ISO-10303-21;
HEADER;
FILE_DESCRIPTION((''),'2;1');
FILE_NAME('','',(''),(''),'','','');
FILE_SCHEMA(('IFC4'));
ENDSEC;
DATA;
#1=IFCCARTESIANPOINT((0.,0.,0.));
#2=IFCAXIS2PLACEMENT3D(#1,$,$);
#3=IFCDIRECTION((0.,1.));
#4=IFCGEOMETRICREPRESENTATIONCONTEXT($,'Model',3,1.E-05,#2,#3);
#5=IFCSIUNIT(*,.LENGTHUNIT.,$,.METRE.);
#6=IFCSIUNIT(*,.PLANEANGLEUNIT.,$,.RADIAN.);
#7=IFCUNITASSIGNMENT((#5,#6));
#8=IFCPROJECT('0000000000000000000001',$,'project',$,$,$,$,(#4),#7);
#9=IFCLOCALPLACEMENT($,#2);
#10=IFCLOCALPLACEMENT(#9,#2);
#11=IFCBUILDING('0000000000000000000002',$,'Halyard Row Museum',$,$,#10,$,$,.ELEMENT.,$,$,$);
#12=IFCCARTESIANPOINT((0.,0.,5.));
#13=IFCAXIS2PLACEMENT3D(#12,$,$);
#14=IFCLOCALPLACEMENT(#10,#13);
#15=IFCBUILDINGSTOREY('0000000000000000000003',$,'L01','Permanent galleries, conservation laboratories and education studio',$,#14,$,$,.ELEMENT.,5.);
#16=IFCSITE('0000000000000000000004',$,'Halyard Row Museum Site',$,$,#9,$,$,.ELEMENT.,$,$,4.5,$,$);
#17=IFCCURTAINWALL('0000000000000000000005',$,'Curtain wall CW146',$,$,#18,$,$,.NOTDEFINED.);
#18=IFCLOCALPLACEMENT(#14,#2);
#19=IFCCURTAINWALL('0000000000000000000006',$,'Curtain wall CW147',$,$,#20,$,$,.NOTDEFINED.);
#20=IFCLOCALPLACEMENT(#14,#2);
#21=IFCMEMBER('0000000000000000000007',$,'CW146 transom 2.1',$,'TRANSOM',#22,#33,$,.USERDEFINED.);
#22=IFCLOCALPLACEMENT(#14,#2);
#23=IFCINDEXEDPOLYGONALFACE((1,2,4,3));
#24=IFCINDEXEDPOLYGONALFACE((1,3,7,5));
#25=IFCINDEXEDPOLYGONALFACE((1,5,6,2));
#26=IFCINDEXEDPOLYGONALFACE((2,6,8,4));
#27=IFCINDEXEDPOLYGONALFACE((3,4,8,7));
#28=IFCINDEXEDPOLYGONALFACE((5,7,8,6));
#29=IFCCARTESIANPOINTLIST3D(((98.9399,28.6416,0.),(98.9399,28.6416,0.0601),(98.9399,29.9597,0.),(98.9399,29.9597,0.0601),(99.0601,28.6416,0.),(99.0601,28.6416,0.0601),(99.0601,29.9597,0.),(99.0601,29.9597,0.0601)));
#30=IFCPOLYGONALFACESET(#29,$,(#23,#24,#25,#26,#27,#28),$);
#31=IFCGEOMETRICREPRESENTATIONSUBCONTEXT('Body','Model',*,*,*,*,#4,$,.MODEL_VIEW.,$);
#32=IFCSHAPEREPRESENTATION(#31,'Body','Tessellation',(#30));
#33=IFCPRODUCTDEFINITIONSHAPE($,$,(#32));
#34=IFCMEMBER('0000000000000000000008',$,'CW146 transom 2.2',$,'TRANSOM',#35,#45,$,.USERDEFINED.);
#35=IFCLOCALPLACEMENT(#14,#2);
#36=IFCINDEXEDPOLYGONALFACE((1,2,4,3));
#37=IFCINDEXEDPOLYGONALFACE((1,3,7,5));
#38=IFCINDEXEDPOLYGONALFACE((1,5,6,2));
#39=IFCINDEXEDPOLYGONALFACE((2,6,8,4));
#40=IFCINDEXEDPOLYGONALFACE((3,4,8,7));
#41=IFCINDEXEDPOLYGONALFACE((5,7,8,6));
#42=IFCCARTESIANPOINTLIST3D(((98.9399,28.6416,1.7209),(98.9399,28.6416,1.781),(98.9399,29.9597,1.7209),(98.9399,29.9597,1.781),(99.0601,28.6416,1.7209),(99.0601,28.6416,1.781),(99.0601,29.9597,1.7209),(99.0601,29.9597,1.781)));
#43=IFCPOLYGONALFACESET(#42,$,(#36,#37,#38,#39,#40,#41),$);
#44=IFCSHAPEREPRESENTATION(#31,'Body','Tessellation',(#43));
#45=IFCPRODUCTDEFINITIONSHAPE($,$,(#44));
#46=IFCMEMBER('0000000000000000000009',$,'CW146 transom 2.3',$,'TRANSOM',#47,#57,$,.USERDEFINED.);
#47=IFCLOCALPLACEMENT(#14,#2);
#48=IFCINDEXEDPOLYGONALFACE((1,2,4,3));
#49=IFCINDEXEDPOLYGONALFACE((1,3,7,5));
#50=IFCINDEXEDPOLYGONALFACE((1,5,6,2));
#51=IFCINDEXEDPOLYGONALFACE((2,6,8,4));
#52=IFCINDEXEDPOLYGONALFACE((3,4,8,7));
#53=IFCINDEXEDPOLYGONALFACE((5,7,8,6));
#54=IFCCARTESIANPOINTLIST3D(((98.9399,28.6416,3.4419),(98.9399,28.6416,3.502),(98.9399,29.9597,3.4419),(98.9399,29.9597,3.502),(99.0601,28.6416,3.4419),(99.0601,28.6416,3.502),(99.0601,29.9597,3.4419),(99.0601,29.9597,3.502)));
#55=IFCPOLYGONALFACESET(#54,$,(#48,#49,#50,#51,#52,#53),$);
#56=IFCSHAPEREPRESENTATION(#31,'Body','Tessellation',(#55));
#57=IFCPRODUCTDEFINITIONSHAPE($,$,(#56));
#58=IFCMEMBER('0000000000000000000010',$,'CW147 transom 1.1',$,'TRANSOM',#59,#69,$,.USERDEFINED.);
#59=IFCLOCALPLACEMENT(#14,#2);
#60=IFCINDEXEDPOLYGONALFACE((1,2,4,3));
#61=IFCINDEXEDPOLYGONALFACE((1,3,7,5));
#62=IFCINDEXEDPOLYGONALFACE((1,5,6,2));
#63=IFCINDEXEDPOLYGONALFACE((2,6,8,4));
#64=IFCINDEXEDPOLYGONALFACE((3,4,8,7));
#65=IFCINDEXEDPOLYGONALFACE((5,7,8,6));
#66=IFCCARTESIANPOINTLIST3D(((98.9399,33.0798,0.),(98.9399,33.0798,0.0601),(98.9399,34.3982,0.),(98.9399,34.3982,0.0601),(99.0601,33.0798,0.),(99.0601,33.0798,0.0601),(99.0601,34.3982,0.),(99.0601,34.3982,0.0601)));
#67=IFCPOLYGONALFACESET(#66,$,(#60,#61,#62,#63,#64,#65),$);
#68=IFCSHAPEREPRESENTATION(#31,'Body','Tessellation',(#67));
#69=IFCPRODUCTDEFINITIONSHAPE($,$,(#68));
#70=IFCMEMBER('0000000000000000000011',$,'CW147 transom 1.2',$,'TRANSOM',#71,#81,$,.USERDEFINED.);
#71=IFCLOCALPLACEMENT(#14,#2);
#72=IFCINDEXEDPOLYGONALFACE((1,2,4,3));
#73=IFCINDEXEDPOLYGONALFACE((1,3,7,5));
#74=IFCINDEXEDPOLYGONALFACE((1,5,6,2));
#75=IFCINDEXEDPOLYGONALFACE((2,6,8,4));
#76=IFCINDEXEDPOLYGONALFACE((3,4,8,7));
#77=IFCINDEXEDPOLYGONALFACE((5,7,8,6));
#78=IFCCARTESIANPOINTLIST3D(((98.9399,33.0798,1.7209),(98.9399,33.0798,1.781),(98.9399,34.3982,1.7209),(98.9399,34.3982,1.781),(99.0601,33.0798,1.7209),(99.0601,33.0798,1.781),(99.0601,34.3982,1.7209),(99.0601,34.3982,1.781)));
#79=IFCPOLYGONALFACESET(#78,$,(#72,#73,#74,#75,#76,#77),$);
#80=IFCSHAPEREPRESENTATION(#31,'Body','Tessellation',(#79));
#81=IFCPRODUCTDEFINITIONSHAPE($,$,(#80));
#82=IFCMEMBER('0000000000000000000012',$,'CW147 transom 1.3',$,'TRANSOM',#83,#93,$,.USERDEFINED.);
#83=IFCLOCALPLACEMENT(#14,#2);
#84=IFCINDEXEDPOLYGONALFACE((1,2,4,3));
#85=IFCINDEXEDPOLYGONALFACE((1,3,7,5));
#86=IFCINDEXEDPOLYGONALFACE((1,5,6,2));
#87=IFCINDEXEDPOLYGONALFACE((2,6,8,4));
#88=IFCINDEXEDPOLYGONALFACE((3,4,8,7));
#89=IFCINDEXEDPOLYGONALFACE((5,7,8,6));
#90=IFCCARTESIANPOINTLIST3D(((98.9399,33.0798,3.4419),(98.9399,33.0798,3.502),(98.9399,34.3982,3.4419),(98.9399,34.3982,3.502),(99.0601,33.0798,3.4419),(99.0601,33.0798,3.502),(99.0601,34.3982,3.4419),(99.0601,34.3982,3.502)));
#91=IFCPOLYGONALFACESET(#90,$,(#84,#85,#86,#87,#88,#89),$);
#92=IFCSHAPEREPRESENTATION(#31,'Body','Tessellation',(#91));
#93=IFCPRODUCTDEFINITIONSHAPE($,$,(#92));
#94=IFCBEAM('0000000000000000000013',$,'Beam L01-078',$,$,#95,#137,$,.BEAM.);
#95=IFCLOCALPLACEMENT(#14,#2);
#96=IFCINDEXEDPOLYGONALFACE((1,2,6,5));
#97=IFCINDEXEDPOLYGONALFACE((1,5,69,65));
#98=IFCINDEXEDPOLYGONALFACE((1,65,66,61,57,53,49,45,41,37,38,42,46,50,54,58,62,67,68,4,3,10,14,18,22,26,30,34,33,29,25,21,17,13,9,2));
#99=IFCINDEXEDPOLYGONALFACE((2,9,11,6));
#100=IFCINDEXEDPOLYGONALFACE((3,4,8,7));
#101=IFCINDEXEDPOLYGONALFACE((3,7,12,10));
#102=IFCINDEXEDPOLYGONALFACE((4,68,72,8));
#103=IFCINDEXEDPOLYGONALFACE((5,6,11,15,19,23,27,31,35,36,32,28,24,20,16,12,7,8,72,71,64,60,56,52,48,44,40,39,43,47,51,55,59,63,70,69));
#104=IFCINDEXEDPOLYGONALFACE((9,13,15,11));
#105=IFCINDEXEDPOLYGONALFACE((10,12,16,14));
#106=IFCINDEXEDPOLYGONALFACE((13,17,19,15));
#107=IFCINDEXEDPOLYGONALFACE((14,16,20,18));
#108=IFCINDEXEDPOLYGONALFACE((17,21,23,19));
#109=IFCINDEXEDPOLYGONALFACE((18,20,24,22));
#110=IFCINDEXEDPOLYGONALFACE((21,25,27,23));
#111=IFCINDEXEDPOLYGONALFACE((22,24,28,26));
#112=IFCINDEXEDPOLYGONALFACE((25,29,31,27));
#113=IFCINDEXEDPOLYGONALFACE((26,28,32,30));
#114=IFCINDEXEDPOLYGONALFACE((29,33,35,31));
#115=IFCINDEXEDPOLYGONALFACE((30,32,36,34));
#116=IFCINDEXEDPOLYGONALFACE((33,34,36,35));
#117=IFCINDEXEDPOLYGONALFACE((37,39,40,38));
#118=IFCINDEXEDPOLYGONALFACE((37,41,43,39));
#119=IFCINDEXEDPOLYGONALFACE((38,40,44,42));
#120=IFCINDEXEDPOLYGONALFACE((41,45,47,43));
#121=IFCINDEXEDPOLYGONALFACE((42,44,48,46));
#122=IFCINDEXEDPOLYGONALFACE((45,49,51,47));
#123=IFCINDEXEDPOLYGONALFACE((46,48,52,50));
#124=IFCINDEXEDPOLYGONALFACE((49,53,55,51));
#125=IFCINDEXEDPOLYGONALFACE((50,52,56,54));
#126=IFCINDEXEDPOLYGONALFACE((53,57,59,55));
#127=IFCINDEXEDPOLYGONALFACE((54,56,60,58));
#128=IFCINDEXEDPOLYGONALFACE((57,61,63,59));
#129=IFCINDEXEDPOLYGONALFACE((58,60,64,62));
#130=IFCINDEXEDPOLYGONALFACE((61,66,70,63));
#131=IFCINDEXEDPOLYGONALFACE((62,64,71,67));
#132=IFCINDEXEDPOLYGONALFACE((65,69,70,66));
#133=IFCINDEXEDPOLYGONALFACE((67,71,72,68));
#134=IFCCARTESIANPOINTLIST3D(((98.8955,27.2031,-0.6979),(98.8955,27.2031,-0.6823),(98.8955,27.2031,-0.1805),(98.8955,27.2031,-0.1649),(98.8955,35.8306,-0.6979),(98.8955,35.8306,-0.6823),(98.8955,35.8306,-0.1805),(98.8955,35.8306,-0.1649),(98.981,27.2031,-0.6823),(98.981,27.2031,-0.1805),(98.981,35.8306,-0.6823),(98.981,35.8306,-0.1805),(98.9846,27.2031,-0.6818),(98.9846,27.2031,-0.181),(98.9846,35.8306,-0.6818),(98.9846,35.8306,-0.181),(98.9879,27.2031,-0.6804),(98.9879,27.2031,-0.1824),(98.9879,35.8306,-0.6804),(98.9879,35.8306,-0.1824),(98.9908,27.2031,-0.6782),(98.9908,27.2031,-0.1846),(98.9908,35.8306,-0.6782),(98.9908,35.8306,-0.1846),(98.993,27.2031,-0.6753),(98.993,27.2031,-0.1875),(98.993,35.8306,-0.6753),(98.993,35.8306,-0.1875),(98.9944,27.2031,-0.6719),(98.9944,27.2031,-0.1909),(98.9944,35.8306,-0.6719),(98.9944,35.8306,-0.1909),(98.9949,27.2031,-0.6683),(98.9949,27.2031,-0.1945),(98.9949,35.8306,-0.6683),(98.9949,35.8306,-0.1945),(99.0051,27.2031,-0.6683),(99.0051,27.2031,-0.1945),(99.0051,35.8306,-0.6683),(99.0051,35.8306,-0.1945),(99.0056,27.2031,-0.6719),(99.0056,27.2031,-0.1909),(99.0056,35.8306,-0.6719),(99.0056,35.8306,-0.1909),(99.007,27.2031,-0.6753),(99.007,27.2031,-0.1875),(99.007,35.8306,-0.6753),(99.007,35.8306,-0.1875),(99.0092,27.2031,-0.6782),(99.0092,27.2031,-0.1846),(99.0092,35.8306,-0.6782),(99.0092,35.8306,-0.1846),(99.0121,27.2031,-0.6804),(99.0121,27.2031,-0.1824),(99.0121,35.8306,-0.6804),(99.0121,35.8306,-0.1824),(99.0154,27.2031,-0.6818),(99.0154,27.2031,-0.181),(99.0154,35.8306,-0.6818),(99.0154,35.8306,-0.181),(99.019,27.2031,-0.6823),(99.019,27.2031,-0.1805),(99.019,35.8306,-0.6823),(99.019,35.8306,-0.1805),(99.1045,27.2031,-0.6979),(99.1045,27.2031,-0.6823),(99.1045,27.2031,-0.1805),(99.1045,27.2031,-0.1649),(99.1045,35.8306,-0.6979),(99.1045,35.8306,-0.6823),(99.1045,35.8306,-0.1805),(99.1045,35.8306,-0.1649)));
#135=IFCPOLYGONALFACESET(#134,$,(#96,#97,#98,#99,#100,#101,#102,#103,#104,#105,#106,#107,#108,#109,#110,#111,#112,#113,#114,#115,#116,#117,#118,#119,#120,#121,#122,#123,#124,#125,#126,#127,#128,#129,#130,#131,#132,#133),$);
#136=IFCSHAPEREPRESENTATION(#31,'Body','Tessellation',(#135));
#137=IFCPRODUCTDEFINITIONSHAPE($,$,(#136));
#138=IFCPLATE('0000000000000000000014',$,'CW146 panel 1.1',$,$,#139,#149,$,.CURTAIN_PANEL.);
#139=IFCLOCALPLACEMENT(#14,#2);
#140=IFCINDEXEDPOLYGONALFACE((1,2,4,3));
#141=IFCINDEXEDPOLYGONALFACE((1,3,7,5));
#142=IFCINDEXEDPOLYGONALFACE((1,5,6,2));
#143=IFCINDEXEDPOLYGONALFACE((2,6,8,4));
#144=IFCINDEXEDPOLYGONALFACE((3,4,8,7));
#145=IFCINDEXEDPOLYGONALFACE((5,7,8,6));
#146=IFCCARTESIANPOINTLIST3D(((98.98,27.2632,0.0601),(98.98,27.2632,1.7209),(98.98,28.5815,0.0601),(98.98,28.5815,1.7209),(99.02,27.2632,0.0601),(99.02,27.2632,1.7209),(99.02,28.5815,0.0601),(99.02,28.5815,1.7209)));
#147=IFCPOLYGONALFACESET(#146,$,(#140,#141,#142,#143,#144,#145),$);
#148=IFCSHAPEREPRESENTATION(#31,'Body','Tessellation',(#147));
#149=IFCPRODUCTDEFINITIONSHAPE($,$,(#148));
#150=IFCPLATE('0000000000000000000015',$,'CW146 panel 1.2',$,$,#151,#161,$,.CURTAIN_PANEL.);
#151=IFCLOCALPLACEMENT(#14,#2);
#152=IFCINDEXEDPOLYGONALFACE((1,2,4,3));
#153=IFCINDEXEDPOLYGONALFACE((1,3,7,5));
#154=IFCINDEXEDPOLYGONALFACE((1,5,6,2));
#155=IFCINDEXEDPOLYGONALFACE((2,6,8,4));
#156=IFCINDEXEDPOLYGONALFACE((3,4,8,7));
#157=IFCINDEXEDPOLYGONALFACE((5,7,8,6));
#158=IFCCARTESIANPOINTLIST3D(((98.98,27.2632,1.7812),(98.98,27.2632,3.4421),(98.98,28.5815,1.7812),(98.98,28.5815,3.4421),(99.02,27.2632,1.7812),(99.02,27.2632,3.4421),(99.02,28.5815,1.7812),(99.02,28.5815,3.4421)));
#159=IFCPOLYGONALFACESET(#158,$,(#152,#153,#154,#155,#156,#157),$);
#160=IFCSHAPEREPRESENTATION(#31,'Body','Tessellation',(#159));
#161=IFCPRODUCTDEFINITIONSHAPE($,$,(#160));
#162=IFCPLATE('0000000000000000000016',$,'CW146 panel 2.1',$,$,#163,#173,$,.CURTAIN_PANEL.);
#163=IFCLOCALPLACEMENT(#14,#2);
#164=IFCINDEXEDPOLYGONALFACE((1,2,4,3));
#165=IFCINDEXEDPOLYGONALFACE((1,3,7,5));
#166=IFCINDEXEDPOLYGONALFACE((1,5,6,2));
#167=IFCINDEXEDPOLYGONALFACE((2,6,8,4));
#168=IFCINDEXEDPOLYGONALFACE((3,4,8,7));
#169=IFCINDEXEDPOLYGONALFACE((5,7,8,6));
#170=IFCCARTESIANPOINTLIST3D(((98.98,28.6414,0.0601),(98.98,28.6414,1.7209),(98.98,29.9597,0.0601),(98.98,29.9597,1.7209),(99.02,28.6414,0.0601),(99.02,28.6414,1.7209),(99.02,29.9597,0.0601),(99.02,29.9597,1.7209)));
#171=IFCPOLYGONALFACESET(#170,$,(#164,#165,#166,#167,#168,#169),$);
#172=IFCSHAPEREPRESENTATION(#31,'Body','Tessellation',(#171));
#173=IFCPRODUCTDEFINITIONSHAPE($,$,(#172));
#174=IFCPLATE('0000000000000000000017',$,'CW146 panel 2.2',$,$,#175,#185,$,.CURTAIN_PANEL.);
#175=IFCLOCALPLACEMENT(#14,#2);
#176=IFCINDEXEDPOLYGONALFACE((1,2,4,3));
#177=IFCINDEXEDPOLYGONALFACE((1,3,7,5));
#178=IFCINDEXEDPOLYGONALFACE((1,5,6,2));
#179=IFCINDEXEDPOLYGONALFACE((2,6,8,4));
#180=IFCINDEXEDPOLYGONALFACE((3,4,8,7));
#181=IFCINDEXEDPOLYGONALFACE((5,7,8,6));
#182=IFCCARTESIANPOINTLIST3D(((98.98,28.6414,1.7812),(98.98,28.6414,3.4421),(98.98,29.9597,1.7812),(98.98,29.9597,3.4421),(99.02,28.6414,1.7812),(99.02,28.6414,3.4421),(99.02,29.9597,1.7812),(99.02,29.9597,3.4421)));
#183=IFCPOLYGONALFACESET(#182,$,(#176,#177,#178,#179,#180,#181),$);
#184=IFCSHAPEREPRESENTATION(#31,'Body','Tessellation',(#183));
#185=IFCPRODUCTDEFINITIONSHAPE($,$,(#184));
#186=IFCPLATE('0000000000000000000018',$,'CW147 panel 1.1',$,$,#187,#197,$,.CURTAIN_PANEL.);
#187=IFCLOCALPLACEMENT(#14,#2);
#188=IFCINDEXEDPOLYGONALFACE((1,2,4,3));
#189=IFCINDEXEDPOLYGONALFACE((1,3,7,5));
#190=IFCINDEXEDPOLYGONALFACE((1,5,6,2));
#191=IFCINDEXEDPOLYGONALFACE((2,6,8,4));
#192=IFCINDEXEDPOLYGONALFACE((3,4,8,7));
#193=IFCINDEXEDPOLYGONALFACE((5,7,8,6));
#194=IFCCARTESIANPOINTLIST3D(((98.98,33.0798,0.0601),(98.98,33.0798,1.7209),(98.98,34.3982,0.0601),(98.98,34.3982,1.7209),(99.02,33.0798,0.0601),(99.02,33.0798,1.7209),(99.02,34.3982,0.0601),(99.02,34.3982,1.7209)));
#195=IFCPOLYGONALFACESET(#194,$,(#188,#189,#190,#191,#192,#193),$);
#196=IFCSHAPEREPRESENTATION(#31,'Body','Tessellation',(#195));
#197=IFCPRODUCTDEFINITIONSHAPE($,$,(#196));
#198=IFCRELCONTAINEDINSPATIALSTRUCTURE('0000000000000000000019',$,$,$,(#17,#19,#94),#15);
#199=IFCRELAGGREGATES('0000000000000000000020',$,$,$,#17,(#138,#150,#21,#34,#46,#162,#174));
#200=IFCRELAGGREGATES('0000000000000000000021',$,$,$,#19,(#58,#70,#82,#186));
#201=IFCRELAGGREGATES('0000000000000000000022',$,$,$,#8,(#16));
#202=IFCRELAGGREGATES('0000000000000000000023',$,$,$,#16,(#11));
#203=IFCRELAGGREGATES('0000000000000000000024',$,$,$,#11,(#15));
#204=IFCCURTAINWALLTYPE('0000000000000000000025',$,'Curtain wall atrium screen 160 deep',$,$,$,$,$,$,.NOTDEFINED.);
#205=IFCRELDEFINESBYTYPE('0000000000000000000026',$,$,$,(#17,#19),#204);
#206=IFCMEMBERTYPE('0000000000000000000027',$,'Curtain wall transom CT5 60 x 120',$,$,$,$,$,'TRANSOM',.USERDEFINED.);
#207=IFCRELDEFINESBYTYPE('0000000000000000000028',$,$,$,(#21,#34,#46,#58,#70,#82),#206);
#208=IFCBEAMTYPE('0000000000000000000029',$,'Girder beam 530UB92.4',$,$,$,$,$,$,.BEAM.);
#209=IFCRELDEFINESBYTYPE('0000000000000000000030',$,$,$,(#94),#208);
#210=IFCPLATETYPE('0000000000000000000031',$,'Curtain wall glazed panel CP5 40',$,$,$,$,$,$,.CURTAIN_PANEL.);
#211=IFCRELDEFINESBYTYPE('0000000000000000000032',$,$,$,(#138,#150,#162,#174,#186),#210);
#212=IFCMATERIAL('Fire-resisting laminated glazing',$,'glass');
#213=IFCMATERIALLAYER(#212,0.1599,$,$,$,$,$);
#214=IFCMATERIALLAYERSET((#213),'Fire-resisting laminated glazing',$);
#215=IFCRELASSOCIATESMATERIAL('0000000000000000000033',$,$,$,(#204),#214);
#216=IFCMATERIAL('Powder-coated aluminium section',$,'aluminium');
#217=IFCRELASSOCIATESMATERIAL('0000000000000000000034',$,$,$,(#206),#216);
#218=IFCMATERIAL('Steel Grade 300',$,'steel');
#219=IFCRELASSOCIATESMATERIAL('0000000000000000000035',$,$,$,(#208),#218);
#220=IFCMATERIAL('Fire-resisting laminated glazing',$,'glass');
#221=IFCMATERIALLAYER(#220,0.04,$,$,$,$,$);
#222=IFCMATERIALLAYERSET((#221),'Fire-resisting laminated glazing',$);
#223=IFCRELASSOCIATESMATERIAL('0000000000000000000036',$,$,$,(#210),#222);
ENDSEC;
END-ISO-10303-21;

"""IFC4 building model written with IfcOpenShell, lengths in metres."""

from ifc_helpers import new_model, si_unit, direction, frame, origin, origin_2d, place, context, subcontext, project, spatial, rectangle, i_section, extrude, material, layer, layer_set, material_profile, profile_set, type_object, element, aggregate, save


model = new_model("IFC4")

# Units and contexts
model_context = context("Model", 3, precision=1e-05, world=origin(), true_north=direction((0.0, 1.0)))
body_context = subcontext(model_context, "Body", "Model", "MODEL_VIEW")
ifc_project = project(units=[si_unit("LENGTHUNIT", "METRE"), si_unit("PLANEANGLEUNIT", "RADIAN")], contexts=[model_context])

# Site, building, storey
site_placement = place(None, origin())
site = spatial("IfcSite", under=ifc_project, at=site_placement, Name="Halyard Row Museum Site", CompositionType="ELEMENT", RefElevation=4.5)
building_placement = place(site_placement, origin())
building = spatial("IfcBuilding", under=site, at=building_placement, Name="Halyard Row Museum", CompositionType="ELEMENT")
storey_placement = place(building_placement, frame((0.0, 0.0, 5.0)))
storey = spatial("IfcBuildingStorey", under=building, at=storey_placement, Name="L01", Description="Permanent galleries, conservation laboratories and education studio", CompositionType="ELEMENT", Elevation=5.0)

# Shared definitions
ifc_material_1 = material(Name="Fire-resisting laminated glazing", Category="glass")
ifc_layer_1 = layer(ifc_material_1, 0.1599)
ifc_layer_set_1 = layer_set([ifc_layer_1], Name="Fire-resisting laminated glazing")
curtain_wall_type = type_object("IfcCurtainWallType", Name="Curtain wall atrium screen 160 deep", PredefinedType="NOTDEFINED", material=ifc_layer_set_1)

# Curtain wall
curtain_wall_1_placement = place(storey_placement, origin())
curtain_wall_1 = element("IfcCurtainWall", 1, at=curtain_wall_1_placement, inside=storey, type_object=curtain_wall_type, Name="Curtain wall CW146", PredefinedType="NOTDEFINED")

# Curtain wall
curtain_wall_2_placement = place(storey_placement, origin())
curtain_wall_2 = element("IfcCurtainWall", 2, at=curtain_wall_2_placement, inside=storey, type_object=curtain_wall_type, Name="Curtain wall CW147", PredefinedType="NOTDEFINED")

# Members
ifc_material_2 = material(Name="Powder-coated aluminium section", Category="aluminium")
ifc_material_profile_1 = material_profile(ifc_material_2, rectangle(XDim=0.1201, YDim=0.0601, at=origin_2d()), Name="120x60 transom")
ifc_profile_set_1 = profile_set([ifc_material_profile_1], Name="Powder-coated aluminium section")
member_type_1 = type_object("IfcMemberType", Name="Curtain wall transom CT5 60 x 120", ElementType="TRANSOM", PredefinedType="USERDEFINED", material=ifc_profile_set_1)
member_1_placement = place(storey_placement, frame((99.0, 28.6416, 0.03), z_axis=(0.0, 1.0, 0.0), x_axis=(-1.0, 0.0, 0.0)))
member_1 = element("IfcMember", 3, at=member_1_placement, type_object=member_type_1, Name="CW146 transom 2.1", ObjectType="TRANSOM", PredefinedType="USERDEFINED", context=body_context, shape_type="SweptSolid", body=[
    extrude(rectangle(XDim=0.1201, YDim=0.0601, at=origin_2d()), origin(), (0.0, 0.0, 1.0), 1.3181),
])
member_2_placement = place(storey_placement, frame((99.0, 28.6416, 1.751), z_axis=(0.0, 1.0, 0.0), x_axis=(-1.0, 0.0, 0.0)))
member_2 = element("IfcMember", 4, at=member_2_placement, type_object=member_type_1, Name="CW146 transom 2.2", ObjectType="TRANSOM", PredefinedType="USERDEFINED", context=body_context, shape_type="SweptSolid", body=[
    extrude(rectangle(XDim=0.1201, YDim=0.0601, at=origin_2d()), origin(), (0.0, 0.0, 1.0), 1.3181),
])
member_3_placement = place(storey_placement, frame((99.0, 28.6416, 3.4719), z_axis=(0.0, 1.0, 0.0), x_axis=(-1.0, 0.0, 0.0)))
member_3 = element("IfcMember", 5, at=member_3_placement, type_object=member_type_1, Name="CW146 transom 2.3", ObjectType="TRANSOM", PredefinedType="USERDEFINED", context=body_context, shape_type="SweptSolid", body=[
    extrude(rectangle(XDim=0.1201, YDim=0.0601, at=origin_2d()), origin(), (0.0, 0.0, 1.0), 1.3181),
])
member_4_placement = place(storey_placement, frame((99.0, 33.0798, 0.03), z_axis=(0.0, 1.0, 0.0), x_axis=(-1.0, 0.0, 0.0)))
member_4 = element("IfcMember", 6, at=member_4_placement, type_object=member_type_1, Name="CW147 transom 1.1", ObjectType="TRANSOM", PredefinedType="USERDEFINED", context=body_context, shape_type="SweptSolid", body=[
    extrude(rectangle(XDim=0.1201, YDim=0.0601, at=origin_2d()), origin(), (0.0, 0.0, 1.0), 1.3184),
])
member_5_placement = place(storey_placement, frame((99.0, 33.0798, 1.751), z_axis=(0.0, 1.0, 0.0), x_axis=(-1.0, 0.0, 0.0)))
member_5 = element("IfcMember", 7, at=member_5_placement, type_object=member_type_1, Name="CW147 transom 1.2", ObjectType="TRANSOM", PredefinedType="USERDEFINED", context=body_context, shape_type="SweptSolid", body=[
    extrude(rectangle(XDim=0.1201, YDim=0.0601, at=origin_2d()), origin(), (0.0, 0.0, 1.0), 1.3184),
])
member_6_placement = place(storey_placement, frame((99.0, 33.0798, 3.4719), z_axis=(0.0, 1.0, 0.0), x_axis=(-1.0, 0.0, 0.0)))
member_6 = element("IfcMember", 8, at=member_6_placement, type_object=member_type_1, Name="CW147 transom 1.3", ObjectType="TRANSOM", PredefinedType="USERDEFINED", context=body_context, shape_type="SweptSolid", body=[
    extrude(rectangle(XDim=0.1201, YDim=0.0601, at=origin_2d()), origin(), (0.0, 0.0, 1.0), 1.3184),
])

# Beam
ifc_material_3 = material(Name="Steel Grade 300", Category="steel")
ifc_material_profile_2 = material_profile(ifc_material_3, i_section(OverallWidth=0.209, OverallDepth=0.533, WebThickness=0.0103, FlangeThickness=0.0156, FilletRadius=0.0139, at=origin_2d()), Name="530UB92.4")
ifc_profile_set_2 = profile_set([ifc_material_profile_2], Name="Steel Grade 300")
beam_type = type_object("IfcBeamType", Name="Girder beam 530UB92.4", PredefinedType="BEAM", material=ifc_profile_set_2)
beam_placement = place(storey_placement, frame((99.0, 27.2031, -0.4314), z_axis=(0.0, 1.0, 0.0), x_axis=(-1.0, 0.0, 0.0)))
element("IfcBeam", 9, at=beam_placement, inside=storey, type_object=beam_type, Name="Beam L01-078", PredefinedType="BEAM", context=body_context, shape_type="SweptSolid", body=[
    extrude(i_section(OverallWidth=0.209, OverallDepth=0.533, WebThickness=0.0103, FlangeThickness=0.0156, FilletRadius=0.0139, at=origin_2d()), origin(), (0.0, 0.0, 1.0), 8.6274),
])

# Plates
ifc_material_4 = material(Name="Fire-resisting laminated glazing", Category="glass")
ifc_layer_2 = layer(ifc_material_4, 0.04)
ifc_layer_set_2 = layer_set([ifc_layer_2], Name="Fire-resisting laminated glazing")
plate_type = type_object("IfcPlateType", Name="Curtain wall glazed panel CP5 40", PredefinedType="CURTAIN_PANEL", material=ifc_layer_set_2)
plate_1_placement = place(storey_placement, frame((99.0, 27.9224, 0.0601), z_axis=(0.0, 0.0, 1.0), x_axis=(0.0, 1.0, 0.0)))
plate_1 = element("IfcPlate", 10, at=plate_1_placement, type_object=plate_type, Name="CW146 panel 1.1", PredefinedType="CURTAIN_PANEL", context=body_context, shape_type="SweptSolid", body=[
    extrude(rectangle(XDim=1.3184, YDim=0.04, at=origin_2d()), origin(), (0.0, 0.0, 1.0), 1.6609),
])
plate_2_placement = place(storey_placement, frame((99.0, 27.9224, 1.7812), z_axis=(0.0, 0.0, 1.0), x_axis=(0.0, 1.0, 0.0)))
plate_2 = element("IfcPlate", 11, at=plate_2_placement, type_object=plate_type, Name="CW146 panel 1.2", PredefinedType="CURTAIN_PANEL", context=body_context, shape_type="SweptSolid", body=[
    extrude(rectangle(XDim=1.3184, YDim=0.04, at=origin_2d()), origin(), (0.0, 0.0, 1.0), 1.6609),
])
plate_3_placement = place(storey_placement, frame((99.0, 29.3005, 0.0601), z_axis=(0.0, 0.0, 1.0), x_axis=(0.0, 1.0, 0.0)))
plate_3 = element("IfcPlate", 12, at=plate_3_placement, type_object=plate_type, Name="CW146 panel 2.1", PredefinedType="CURTAIN_PANEL", context=body_context, shape_type="SweptSolid", body=[
    extrude(rectangle(XDim=1.3184, YDim=0.04, at=origin_2d()), origin(), (0.0, 0.0, 1.0), 1.6609),
])
plate_4_placement = place(storey_placement, frame((99.0, 29.3005, 1.7812), z_axis=(0.0, 0.0, 1.0), x_axis=(0.0, 1.0, 0.0)))
plate_4 = element("IfcPlate", 13, at=plate_4_placement, type_object=plate_type, Name="CW146 panel 2.2", PredefinedType="CURTAIN_PANEL", context=body_context, shape_type="SweptSolid", body=[
    extrude(rectangle(XDim=1.3184, YDim=0.04, at=origin_2d()), origin(), (0.0, 0.0, 1.0), 1.6609),
])
aggregate(curtain_wall_1, [plate_1, plate_2, member_1, member_2, member_3, plate_3, plate_4])
plate_5_placement = place(storey_placement, frame((99.0, 33.739, 0.0601), z_axis=(0.0, 0.0, 1.0), x_axis=(0.0, 1.0, 0.0)))
plate_5 = element("IfcPlate", 14, at=plate_5_placement, type_object=plate_type, Name="CW147 panel 1.1", PredefinedType="CURTAIN_PANEL", context=body_context, shape_type="SweptSolid", body=[
    extrude(rectangle(XDim=1.3184, YDim=0.04, at=origin_2d()), origin(), (0.0, 0.0, 1.0), 1.6609),
])
aggregate(curtain_wall_2, [member_4, member_5, member_6, plate_5])

save(model, "model.ifc")
